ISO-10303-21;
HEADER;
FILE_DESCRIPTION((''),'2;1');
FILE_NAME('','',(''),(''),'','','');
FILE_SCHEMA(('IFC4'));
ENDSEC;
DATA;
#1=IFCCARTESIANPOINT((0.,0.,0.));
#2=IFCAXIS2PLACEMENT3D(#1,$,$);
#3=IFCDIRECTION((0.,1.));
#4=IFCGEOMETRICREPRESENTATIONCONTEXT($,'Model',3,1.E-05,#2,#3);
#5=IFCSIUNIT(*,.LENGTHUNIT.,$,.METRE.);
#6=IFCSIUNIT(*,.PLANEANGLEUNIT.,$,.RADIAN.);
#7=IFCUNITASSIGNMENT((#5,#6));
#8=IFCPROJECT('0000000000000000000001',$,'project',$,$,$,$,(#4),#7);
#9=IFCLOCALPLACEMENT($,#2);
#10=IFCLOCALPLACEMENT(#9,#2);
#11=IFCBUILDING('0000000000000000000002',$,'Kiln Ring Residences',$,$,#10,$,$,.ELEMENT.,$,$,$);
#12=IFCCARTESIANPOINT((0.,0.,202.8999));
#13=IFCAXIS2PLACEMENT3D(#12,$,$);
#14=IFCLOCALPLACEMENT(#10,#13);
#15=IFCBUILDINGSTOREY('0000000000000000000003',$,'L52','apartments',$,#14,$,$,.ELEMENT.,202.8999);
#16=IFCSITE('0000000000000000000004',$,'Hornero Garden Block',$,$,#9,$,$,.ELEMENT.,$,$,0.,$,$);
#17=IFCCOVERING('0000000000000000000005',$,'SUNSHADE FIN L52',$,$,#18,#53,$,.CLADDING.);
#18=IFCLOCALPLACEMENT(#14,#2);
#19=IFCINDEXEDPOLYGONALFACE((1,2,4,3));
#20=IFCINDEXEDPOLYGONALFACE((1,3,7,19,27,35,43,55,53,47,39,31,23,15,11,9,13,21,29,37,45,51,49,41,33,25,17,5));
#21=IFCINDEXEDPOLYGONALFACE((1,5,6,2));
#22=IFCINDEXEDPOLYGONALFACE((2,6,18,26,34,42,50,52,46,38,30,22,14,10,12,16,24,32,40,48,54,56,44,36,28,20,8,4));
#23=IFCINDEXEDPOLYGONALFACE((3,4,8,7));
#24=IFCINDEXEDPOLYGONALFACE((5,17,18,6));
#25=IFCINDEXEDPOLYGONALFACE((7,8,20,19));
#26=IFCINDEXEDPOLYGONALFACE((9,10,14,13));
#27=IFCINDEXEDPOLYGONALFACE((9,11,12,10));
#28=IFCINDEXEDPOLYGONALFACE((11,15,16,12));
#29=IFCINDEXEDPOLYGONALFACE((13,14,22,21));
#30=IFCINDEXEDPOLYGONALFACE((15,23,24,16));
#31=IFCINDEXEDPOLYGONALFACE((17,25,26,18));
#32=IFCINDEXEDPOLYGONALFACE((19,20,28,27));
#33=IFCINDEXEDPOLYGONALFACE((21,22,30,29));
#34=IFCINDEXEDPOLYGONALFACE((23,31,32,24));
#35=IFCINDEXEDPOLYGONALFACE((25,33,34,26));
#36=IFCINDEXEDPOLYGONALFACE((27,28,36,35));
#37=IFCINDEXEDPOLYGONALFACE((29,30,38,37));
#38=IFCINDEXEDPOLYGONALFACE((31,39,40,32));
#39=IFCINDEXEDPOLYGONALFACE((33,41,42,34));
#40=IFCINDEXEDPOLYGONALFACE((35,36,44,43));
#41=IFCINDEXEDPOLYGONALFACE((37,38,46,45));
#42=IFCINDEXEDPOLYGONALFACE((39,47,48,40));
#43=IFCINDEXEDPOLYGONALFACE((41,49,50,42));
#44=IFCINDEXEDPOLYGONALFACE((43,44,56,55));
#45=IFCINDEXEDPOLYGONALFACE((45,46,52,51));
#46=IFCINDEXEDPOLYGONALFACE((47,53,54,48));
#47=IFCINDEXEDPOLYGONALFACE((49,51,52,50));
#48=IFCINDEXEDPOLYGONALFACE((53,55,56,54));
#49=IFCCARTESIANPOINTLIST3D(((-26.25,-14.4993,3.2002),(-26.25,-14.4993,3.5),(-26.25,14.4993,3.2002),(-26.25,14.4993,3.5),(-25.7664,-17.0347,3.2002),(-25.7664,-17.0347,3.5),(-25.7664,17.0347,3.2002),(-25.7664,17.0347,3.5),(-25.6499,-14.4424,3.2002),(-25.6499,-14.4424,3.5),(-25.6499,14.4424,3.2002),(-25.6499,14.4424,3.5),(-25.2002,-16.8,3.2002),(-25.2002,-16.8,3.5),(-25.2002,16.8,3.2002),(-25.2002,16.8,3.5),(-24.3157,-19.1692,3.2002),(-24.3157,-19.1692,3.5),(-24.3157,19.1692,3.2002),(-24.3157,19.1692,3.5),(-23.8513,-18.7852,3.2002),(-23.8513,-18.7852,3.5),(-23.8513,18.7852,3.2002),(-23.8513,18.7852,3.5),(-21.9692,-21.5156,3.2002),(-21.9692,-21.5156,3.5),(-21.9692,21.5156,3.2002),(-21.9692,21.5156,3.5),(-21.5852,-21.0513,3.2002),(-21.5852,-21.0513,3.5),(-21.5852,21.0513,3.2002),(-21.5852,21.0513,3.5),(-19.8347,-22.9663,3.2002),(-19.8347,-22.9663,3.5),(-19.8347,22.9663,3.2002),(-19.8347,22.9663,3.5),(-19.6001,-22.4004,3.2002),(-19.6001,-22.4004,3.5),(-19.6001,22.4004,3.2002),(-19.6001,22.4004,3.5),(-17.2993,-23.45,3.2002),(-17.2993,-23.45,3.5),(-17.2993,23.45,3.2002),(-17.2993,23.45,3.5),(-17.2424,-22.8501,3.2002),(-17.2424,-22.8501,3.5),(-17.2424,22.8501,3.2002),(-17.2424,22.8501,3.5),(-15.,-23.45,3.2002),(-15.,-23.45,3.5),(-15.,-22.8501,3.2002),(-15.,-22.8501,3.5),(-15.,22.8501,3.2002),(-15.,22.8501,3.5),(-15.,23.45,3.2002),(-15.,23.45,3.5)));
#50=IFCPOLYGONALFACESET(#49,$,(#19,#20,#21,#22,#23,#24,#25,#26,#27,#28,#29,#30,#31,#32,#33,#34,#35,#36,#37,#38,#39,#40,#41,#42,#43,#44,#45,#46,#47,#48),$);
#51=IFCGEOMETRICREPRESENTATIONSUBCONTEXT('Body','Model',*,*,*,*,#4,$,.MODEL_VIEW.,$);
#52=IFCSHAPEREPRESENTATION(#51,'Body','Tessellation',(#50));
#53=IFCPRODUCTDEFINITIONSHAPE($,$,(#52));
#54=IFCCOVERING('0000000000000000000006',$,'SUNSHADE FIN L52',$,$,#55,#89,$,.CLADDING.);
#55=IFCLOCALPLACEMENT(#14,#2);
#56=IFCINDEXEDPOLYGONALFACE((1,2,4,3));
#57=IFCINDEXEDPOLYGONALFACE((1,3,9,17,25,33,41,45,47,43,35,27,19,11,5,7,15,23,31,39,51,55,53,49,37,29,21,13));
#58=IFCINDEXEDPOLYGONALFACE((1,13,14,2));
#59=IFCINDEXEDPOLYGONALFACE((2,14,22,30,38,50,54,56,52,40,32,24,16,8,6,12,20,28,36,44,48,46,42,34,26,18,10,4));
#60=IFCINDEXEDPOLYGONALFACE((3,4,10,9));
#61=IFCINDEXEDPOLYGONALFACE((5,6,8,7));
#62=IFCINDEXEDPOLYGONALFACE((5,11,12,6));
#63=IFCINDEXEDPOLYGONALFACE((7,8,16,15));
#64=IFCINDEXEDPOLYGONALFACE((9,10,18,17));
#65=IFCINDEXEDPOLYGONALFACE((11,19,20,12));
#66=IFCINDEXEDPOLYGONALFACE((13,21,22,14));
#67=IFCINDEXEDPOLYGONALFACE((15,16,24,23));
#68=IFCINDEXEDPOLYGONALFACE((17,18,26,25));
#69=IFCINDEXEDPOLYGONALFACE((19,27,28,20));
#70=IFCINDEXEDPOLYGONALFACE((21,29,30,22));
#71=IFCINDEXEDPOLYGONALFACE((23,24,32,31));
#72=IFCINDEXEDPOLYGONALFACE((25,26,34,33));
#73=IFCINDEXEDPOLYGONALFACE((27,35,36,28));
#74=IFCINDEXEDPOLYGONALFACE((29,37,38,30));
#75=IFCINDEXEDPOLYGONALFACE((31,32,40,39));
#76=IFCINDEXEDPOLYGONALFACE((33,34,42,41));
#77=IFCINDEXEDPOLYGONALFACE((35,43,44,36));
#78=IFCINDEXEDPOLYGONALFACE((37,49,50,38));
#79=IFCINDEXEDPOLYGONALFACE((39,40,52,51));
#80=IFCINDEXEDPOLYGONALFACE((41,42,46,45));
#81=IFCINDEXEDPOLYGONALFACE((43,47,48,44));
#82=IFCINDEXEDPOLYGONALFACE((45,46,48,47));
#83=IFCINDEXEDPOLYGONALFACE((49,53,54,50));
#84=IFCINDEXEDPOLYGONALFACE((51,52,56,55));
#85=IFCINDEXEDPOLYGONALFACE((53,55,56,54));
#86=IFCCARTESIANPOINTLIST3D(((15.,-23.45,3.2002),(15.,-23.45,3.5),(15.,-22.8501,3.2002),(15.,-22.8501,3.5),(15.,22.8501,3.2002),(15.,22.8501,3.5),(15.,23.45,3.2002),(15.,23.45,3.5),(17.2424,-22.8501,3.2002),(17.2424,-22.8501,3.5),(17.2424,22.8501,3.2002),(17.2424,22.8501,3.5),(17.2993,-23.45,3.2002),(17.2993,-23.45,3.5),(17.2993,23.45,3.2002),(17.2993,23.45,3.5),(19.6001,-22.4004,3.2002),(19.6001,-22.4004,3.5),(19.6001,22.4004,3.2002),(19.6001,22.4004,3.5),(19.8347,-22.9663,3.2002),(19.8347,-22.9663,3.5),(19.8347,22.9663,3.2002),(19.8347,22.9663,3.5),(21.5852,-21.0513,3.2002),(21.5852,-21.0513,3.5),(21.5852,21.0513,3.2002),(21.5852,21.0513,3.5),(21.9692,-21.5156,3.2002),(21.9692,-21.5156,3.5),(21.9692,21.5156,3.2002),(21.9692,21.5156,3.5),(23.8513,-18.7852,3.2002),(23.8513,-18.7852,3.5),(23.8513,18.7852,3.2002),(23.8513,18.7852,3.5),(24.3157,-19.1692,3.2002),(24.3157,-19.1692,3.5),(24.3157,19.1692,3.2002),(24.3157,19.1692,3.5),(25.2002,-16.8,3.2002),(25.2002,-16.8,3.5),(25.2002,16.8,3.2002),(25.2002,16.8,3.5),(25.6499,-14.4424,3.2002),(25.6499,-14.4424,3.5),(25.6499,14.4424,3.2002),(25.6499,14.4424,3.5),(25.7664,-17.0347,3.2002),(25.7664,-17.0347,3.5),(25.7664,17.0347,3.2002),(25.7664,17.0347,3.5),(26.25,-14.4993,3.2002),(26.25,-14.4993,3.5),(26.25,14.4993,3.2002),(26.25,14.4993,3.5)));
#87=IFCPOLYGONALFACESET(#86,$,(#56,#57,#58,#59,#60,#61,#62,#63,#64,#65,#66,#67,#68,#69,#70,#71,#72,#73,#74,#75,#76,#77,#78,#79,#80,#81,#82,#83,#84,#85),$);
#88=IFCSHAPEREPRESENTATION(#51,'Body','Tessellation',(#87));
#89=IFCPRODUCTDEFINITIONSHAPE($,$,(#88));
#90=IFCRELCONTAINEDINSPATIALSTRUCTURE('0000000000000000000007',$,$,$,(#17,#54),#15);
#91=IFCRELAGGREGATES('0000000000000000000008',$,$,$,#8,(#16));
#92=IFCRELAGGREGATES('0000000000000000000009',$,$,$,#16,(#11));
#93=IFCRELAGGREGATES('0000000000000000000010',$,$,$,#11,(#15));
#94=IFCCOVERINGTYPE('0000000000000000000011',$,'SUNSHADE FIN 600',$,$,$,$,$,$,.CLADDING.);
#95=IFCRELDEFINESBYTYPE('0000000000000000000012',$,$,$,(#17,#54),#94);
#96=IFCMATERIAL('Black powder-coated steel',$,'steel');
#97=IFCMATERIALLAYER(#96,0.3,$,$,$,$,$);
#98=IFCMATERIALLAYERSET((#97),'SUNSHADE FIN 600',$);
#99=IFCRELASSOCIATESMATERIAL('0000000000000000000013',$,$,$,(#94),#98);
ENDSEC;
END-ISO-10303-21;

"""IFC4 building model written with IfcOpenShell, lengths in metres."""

from ifc_helpers import new_model, si_unit, direction, frame, origin, place, context, subcontext, project, spatial, polyline, outline, extrude, material, layer, layer_set, type_object, element, save


model = new_model("IFC4")

# Units and contexts
model_context = context("Model", 3, precision=1e-05, world=origin(), true_north=direction((0.0, 1.0)))
body_context = subcontext(model_context, "Body", "Model", "MODEL_VIEW")
ifc_project = project(units=[si_unit("LENGTHUNIT", "METRE"), si_unit("PLANEANGLEUNIT", "RADIAN")], contexts=[model_context])

# Site, building, storey
site_placement = place(None, origin())
site = spatial("IfcSite", under=ifc_project, at=site_placement, Name="Hornero Garden Block", CompositionType="ELEMENT", RefElevation=0.0)
building_placement = place(site_placement, origin())
building = spatial("IfcBuilding", under=site, at=building_placement, Name="Kiln Ring Residences", CompositionType="ELEMENT")
storey_placement = place(building_placement, frame((0.0, 0.0, 202.8999)))
storey = spatial("IfcBuildingStorey", under=building, at=storey_placement, Name="L52", Description="apartments", CompositionType="ELEMENT", Elevation=202.8999)

# Coverings
placement = place(storey_placement, frame((0.0, 0.0, 3.2002)))
ifc_material_1 = material(Name="Black powder-coated steel", Category="steel")
ifc_layer_1 = layer(ifc_material_1, 0.3)
ifc_layer_set_1 = layer_set([ifc_layer_1], Name="SUNSHADE FIN 600")
covering_type_1 = type_object("IfcCoveringType", Name="SUNSHADE FIN 600", PredefinedType="CLADDING", material=ifc_layer_set_1)
element("IfcCovering", 1, at=placement, inside=storey, type_object=covering_type_1, Name="SUNSHADE FIN L52", PredefinedType="CLADDING", context=body_context, shape_type="SweptSolid", body=[
    extrude(outline(polyline([(-26.25, -14.4993), (-25.7664, -17.0347), (-24.3157, -19.1692), (-21.9692, -21.5156), (-19.8347, -22.9663), (-17.2993, -23.45), (-15.0, -23.45), (-15.0, -22.8501), (-17.2424, -22.8501), (-19.6001, -22.4004), (-21.5852, -21.0513), (-23.8513, -18.7852), (-25.2002, -16.8), (-25.6499, -14.4424), (-25.6499, 14.4424), (-25.2002, 16.8), (-23.8513, 18.7852), (-21.5852, 21.0513), (-19.6001, 22.4004), (-17.2424, 22.8501), (-15.0, 22.8501), (-15.0, 23.45), (-17.2993, 23.45), (-19.8347, 22.9663), (-21.9692, 21.5156), (-24.3157, 19.1692), (-25.7664, 17.0347), (-26.25, 14.4993), (-26.25, -14.4993)])), origin(), (0.0, 0.0, 1.0), 0.2998),
])
element("IfcCovering", 2, at=placement, inside=storey, type_object=covering_type_1, Name="SUNSHADE FIN L52", PredefinedType="CLADDING", context=body_context, shape_type="SweptSolid", body=[
    extrude(outline(polyline([(17.2993, 23.45), (15.0, 23.45), (15.0, 22.8501), (17.2424, 22.8501), (19.6001, 22.4004), (21.5852, 21.0513), (23.8513, 18.7852), (25.2002, 16.8), (25.6499, 14.4424), (25.6499, -14.4424), (25.2002, -16.8), (23.8513, -18.7852), (21.5852, -21.0513), (19.6001, -22.4004), (17.2424, -22.8501), (15.0, -22.8501), (15.0, -23.45), (17.2993, -23.45), (19.8347, -22.9663), (21.9692, -21.5156), (24.3157, -19.1692), (25.7664, -17.0347), (26.25, -14.4993), (26.25, 14.4993), (25.7664, 17.0347), (24.3157, 19.1692), (21.9692, 21.5156), (19.8347, 22.9663), (17.2993, 23.45)])), origin(), (0.0, 0.0, 1.0), 0.2998),
])

save(model, "model.ifc")
